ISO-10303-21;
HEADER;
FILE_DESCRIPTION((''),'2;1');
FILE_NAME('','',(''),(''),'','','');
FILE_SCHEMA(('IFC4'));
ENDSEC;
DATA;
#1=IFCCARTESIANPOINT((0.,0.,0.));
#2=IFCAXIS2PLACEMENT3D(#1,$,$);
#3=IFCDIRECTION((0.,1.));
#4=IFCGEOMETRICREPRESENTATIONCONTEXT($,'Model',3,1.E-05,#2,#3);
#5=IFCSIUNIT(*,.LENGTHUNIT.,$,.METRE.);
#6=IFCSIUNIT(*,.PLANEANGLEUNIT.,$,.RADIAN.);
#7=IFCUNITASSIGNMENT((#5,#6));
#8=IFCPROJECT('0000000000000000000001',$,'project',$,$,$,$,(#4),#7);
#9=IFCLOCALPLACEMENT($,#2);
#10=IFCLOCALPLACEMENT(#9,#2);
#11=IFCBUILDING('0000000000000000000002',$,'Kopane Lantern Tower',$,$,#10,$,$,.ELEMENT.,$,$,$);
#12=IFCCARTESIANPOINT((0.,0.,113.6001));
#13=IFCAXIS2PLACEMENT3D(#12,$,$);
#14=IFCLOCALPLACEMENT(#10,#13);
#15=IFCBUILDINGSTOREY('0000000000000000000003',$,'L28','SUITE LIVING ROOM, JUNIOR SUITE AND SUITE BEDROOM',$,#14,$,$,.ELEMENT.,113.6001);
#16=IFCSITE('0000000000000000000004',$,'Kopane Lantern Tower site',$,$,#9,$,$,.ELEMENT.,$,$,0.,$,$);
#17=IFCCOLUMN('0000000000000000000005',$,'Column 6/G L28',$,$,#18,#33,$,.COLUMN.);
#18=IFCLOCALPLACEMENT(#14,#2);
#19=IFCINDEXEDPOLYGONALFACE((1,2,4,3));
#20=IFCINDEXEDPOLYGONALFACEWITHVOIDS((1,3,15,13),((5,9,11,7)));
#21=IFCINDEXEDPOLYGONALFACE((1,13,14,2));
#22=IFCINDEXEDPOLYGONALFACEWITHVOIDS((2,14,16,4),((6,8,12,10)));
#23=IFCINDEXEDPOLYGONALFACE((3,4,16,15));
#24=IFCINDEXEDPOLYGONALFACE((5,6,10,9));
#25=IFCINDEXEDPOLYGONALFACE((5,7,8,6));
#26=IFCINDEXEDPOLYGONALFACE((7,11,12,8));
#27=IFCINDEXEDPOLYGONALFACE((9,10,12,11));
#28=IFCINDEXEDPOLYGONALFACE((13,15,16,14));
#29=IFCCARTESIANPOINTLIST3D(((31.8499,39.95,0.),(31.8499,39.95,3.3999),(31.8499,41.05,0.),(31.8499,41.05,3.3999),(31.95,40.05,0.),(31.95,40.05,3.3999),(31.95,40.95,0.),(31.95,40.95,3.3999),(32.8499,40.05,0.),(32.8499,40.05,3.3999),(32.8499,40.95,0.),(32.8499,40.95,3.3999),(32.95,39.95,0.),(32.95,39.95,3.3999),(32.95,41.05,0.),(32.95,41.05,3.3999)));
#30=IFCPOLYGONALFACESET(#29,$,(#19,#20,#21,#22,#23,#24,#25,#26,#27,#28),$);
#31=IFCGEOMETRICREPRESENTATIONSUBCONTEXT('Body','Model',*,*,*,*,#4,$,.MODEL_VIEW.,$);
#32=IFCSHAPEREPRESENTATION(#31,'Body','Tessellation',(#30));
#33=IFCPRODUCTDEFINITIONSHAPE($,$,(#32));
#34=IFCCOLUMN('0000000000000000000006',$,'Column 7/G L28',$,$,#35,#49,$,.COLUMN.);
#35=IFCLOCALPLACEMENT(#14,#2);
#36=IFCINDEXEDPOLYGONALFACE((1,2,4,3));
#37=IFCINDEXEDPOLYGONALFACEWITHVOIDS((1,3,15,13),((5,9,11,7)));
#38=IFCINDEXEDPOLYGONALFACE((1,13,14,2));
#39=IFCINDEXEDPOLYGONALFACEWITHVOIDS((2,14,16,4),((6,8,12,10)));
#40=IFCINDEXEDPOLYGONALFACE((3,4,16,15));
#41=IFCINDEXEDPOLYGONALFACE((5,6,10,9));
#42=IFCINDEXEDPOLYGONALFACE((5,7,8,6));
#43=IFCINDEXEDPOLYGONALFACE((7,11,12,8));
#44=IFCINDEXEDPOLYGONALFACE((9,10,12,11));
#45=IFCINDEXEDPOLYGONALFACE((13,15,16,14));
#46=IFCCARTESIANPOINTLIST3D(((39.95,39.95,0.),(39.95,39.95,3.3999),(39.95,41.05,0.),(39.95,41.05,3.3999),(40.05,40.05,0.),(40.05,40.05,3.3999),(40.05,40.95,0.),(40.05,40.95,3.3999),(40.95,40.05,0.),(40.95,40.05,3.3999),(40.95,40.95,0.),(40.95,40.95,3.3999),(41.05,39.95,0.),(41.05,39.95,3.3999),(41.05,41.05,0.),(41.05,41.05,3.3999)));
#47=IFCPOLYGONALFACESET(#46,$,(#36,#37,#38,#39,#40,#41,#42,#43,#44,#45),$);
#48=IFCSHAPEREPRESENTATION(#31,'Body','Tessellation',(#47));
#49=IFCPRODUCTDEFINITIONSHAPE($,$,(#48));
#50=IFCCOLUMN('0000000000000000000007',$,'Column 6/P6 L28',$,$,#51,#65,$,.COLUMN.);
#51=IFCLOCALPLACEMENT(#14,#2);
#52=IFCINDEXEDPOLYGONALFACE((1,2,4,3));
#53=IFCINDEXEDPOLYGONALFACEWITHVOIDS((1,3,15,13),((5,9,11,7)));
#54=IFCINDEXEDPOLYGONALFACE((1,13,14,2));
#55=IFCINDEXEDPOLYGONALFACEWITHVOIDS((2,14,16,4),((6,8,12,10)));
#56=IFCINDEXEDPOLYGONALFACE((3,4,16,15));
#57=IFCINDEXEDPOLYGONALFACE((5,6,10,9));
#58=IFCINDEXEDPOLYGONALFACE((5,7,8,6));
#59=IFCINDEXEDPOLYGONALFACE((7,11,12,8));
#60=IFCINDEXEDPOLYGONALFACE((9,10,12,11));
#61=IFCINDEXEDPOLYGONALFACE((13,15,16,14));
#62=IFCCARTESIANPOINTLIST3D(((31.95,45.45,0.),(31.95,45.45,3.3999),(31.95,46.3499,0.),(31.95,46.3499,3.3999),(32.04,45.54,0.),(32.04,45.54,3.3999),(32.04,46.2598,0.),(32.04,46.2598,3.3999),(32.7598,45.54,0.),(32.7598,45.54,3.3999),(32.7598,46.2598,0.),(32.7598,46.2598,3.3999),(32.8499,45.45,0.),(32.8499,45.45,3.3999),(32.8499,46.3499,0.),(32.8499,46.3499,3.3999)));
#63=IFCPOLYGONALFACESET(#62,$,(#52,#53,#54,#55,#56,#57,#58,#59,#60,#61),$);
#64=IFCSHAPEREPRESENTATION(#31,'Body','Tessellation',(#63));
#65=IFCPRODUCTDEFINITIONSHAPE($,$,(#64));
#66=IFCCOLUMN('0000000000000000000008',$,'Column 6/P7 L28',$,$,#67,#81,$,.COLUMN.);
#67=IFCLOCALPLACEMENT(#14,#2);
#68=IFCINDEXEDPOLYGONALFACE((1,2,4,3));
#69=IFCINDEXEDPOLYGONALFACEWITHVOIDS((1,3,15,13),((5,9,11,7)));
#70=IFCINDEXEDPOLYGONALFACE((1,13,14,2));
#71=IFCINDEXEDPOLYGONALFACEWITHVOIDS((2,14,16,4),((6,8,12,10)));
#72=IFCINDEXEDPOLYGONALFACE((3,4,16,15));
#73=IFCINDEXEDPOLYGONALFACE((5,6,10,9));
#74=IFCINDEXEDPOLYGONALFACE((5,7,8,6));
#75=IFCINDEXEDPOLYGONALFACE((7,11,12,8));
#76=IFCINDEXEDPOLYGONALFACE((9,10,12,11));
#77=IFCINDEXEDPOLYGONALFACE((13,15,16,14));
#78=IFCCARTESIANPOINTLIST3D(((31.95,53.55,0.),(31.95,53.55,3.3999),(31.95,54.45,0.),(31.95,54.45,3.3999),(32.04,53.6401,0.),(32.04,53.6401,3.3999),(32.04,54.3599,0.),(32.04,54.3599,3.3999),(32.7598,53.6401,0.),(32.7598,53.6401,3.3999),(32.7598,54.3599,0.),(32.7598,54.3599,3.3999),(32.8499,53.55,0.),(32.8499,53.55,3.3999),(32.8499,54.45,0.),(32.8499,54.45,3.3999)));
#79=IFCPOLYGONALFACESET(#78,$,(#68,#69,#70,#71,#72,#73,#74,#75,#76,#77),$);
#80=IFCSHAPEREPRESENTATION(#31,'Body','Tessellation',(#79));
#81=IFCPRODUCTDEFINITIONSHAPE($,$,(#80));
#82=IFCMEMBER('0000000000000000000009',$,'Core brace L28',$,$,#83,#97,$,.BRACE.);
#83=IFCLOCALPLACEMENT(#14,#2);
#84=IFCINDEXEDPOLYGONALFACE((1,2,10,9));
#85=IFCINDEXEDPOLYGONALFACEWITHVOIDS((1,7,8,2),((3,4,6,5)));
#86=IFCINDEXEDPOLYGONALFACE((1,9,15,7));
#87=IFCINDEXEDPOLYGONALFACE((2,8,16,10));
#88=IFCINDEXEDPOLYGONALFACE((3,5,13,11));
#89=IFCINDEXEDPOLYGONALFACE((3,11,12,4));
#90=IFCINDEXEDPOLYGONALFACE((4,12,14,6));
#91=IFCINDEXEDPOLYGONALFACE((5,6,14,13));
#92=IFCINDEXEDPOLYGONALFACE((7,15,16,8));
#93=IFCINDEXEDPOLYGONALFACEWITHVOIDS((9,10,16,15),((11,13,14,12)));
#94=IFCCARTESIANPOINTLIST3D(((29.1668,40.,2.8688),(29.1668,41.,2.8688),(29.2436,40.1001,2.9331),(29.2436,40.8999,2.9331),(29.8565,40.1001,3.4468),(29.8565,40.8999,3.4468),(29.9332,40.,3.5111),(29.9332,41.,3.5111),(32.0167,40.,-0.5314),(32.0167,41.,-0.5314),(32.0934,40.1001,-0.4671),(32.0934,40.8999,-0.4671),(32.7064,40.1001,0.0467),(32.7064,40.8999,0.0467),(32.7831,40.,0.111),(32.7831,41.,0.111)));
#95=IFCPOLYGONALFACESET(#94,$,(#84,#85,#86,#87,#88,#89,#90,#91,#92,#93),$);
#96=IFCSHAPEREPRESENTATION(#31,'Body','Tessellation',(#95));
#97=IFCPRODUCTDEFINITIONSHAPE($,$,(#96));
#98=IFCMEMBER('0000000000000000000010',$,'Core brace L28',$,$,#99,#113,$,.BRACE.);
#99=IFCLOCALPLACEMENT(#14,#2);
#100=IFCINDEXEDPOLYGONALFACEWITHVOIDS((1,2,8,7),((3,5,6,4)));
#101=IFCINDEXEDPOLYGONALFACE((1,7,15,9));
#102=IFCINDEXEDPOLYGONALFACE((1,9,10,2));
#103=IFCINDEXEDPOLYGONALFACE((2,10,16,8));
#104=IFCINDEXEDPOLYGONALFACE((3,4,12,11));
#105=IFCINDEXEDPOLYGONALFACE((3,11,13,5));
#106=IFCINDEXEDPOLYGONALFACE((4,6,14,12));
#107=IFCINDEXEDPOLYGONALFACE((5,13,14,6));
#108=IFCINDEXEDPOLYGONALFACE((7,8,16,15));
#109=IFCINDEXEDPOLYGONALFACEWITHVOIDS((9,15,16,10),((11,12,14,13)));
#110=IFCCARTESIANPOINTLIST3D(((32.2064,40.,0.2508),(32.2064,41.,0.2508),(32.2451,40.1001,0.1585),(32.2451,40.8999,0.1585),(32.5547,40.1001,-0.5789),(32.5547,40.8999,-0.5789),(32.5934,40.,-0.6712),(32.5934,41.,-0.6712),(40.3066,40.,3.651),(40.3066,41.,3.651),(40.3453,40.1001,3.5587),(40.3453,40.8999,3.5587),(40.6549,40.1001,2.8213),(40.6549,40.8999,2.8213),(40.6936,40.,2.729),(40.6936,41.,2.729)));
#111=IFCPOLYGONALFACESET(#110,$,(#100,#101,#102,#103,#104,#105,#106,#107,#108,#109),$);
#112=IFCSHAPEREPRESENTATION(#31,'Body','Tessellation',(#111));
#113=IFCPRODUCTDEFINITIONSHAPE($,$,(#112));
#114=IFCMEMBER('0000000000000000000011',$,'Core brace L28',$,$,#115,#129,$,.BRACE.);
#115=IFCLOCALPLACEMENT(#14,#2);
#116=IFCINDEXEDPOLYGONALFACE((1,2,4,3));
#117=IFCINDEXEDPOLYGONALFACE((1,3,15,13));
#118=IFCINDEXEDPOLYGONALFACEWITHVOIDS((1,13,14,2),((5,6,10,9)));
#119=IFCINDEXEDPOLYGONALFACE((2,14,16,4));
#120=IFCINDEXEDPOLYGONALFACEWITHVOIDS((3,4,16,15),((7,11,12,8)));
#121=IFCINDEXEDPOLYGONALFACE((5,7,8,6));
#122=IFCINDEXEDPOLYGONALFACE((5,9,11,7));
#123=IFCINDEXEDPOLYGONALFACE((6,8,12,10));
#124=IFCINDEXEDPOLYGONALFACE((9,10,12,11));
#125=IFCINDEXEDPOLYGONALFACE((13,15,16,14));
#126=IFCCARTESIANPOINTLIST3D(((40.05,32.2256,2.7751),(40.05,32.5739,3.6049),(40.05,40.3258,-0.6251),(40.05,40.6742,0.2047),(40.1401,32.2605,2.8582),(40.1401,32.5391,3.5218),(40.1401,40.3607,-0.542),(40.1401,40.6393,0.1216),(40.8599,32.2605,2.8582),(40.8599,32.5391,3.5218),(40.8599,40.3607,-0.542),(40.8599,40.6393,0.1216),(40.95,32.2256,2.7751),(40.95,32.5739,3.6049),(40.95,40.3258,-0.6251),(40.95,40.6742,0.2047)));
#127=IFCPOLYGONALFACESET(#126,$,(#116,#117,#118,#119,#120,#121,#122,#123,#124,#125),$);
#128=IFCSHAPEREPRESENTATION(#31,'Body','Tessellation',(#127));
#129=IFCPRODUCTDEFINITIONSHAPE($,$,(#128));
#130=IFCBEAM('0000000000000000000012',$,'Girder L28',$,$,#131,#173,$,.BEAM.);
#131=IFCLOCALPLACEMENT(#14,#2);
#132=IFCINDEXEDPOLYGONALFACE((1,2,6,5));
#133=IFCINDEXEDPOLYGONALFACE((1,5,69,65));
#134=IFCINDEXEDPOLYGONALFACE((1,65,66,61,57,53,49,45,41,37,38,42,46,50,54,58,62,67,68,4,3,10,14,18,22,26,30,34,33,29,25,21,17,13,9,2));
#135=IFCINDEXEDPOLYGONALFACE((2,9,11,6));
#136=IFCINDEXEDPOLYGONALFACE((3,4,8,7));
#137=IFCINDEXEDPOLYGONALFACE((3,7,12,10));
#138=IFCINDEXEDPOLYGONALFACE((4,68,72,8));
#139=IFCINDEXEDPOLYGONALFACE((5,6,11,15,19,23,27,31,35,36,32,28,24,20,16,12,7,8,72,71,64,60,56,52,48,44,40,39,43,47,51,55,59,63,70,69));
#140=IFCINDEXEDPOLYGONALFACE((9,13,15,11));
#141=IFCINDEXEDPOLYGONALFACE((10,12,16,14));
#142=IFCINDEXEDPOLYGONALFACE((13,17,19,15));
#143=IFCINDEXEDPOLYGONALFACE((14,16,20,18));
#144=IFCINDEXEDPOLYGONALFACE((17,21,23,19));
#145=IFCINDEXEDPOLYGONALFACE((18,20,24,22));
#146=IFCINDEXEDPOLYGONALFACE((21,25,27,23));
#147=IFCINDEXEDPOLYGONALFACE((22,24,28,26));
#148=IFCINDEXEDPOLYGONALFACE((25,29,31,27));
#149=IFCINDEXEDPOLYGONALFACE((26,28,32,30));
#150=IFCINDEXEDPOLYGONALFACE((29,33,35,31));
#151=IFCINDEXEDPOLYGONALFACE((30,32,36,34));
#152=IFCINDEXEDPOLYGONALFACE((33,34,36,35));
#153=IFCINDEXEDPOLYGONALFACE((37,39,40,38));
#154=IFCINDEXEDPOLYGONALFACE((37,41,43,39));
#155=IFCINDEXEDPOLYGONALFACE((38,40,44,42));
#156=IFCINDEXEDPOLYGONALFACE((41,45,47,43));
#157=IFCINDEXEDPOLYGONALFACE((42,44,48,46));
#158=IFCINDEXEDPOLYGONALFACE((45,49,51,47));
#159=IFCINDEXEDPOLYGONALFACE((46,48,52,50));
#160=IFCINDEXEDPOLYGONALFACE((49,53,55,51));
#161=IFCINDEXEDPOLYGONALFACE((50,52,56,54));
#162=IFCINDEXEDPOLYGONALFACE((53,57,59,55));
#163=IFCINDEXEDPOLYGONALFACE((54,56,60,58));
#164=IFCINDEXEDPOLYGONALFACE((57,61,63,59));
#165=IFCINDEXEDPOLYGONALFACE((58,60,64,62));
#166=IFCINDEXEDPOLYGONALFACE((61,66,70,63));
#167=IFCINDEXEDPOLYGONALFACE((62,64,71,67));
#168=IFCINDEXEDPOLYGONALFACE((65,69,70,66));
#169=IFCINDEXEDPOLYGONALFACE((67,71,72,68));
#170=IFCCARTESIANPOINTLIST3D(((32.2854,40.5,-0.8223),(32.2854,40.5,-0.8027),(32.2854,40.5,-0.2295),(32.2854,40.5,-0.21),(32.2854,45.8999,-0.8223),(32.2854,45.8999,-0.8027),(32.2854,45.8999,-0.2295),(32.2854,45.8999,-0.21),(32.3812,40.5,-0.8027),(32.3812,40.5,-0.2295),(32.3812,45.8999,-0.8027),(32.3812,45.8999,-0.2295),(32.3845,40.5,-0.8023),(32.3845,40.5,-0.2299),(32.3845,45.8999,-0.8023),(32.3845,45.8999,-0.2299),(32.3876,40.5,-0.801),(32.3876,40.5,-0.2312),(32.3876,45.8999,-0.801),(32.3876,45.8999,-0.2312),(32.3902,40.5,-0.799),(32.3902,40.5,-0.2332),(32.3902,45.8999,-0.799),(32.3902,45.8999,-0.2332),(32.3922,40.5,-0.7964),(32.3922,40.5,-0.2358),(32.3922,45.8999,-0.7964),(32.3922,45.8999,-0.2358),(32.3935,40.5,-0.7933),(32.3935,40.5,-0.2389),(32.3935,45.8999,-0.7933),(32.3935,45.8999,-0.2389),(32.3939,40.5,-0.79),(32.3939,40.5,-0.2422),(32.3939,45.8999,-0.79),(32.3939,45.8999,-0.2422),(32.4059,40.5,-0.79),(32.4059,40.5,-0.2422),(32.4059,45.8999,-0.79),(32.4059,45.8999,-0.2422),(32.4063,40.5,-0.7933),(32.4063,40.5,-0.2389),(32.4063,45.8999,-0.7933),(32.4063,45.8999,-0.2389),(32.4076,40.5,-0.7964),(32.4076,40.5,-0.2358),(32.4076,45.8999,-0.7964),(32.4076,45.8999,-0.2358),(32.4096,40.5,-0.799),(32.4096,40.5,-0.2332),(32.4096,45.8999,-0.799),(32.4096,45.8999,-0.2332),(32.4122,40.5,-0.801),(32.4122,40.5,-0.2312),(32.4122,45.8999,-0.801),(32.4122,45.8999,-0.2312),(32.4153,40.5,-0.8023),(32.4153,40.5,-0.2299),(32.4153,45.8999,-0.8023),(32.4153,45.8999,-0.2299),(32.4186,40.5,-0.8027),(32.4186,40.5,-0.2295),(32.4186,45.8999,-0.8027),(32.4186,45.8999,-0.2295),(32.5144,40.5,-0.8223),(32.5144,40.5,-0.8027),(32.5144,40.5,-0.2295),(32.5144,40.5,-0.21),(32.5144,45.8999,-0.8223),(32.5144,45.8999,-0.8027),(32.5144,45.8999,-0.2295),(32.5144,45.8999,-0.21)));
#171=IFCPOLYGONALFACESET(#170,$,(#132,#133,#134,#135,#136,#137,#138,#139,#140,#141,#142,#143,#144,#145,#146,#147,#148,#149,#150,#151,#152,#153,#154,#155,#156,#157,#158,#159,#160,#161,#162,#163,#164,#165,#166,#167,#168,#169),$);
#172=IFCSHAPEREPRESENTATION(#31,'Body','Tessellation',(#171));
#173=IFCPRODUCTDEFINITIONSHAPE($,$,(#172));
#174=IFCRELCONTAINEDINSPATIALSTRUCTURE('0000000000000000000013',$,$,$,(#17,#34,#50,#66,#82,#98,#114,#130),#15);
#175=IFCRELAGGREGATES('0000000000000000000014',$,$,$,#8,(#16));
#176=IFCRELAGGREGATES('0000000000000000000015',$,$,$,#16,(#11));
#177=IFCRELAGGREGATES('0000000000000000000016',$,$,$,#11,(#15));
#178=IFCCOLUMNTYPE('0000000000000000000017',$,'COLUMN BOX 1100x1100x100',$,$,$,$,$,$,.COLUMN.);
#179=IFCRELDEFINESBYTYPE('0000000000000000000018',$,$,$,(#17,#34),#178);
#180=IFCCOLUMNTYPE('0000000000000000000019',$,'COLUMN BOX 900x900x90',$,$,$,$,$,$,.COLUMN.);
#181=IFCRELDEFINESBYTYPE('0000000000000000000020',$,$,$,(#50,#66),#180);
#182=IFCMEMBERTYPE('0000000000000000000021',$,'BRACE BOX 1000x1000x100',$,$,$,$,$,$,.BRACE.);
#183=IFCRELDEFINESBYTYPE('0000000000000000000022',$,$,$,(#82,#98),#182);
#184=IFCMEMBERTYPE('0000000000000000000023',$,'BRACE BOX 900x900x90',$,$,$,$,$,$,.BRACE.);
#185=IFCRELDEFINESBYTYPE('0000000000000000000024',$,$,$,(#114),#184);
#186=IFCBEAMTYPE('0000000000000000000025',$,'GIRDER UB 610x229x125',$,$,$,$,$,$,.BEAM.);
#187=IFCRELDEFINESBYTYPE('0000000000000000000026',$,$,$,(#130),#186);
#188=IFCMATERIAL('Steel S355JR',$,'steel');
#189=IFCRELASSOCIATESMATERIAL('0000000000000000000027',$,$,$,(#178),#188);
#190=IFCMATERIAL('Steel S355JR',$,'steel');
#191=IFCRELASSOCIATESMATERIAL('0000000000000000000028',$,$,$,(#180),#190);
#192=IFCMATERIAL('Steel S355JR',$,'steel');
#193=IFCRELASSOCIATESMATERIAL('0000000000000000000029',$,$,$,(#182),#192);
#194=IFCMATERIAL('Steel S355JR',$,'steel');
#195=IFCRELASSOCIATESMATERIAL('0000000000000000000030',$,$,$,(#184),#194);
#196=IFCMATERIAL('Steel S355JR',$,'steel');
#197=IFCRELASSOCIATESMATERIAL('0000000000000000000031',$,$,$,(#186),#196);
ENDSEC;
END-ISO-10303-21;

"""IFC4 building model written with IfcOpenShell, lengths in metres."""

from ifc_helpers import new_model, si_unit, direction, frame, origin, origin_2d, place, context, subcontext, project, spatial, hollow_rectangle, i_section, extrude, material, material_profile, profile_set, type_object, element, save


model = new_model("IFC4")

# Units and contexts
model_context = context("Model", 3, precision=1e-05, world=origin(), true_north=direction((0.0, 1.0)))
body_context = subcontext(model_context, "Body", "Model", "MODEL_VIEW")
ifc_project = project(units=[si_unit("LENGTHUNIT", "METRE"), si_unit("PLANEANGLEUNIT", "RADIAN")], contexts=[model_context])

# Site, building, storey
site_placement = place(None, origin())
site = spatial("IfcSite", under=ifc_project, at=site_placement, Name="Kopane Lantern Tower site", CompositionType="ELEMENT", RefElevation=0.0)
building_placement = place(site_placement, origin())
building = spatial("IfcBuilding", under=site, at=building_placement, Name="Kopane Lantern Tower", CompositionType="ELEMENT")
storey_placement = place(building_placement, frame((0.0, 0.0, 113.6001)))
storey = spatial("IfcBuildingStorey", under=building, at=storey_placement, Name="L28", Description="SUITE LIVING ROOM, JUNIOR SUITE AND SUITE BEDROOM", CompositionType="ELEMENT", Elevation=113.6001)

# Columns
ifc_material_1 = material(Name="Steel S355JR", Category="steel")
ifc_material_profile_1 = material_profile(ifc_material_1, hollow_rectangle(XDim=1.1001, YDim=1.1001, WallThickness=0.1001, at=origin_2d()), Name="BOX 1100x1100x100")
ifc_profile_set_1 = profile_set([ifc_material_profile_1], Name="Steel S355JR")
column_type_1 = type_object("IfcColumnType", Name="COLUMN BOX 1100x1100x100", PredefinedType="COLUMN", material=ifc_profile_set_1)
for number, where, z_axis, x_axis, name in (
    (1, (32.3999, 40.5, 0.0), (0.0, 0.0, 1.0), (1.0, 0.0, 0.0), "Column 6/G L28"),
    (2, (40.5, 40.5, 0.0), (0.0, 0.0, 1.0), (1.0, 0.0, 0.0), "Column 7/G L28"),
):
    element("IfcColumn", number, at=place(storey_placement, frame(where, z_axis=z_axis, x_axis=x_axis)), inside=storey, type_object=column_type_1, Name=name, PredefinedType="COLUMN", context=body_context, shape_type="SweptSolid", body=[
        extrude(hollow_rectangle(XDim=1.1001, YDim=1.1001, WallThickness=0.1001, at=origin_2d()), origin(), (0.0, 0.0, 1.0), 3.3999),
    ])
ifc_material_2 = material(Name="Steel S355JR", Category="steel")
ifc_material_profile_2 = material_profile(ifc_material_2, hollow_rectangle(XDim=0.8999, YDim=0.8999, WallThickness=0.0901, at=origin_2d()), Name="BOX 900x900x90")
ifc_profile_set_2 = profile_set([ifc_material_profile_2], Name="Steel S355JR")
column_type_2 = type_object("IfcColumnType", Name="COLUMN BOX 900x900x90", PredefinedType="COLUMN", material=ifc_profile_set_2)
for number, where, z_axis, x_axis, name in (
    (3, (32.3999, 45.8999, 0.0), (0.0, 0.0, 1.0), (1.0, 0.0, 0.0), "Column 6/P6 L28"),
    (4, (32.3999, 54.0, 0.0), (0.0, 0.0, 1.0), (1.0, 0.0, 0.0), "Column 6/P7 L28"),
):
    element("IfcColumn", number, at=place(storey_placement, frame(where, z_axis=z_axis, x_axis=x_axis)), inside=storey, type_object=column_type_2, Name=name, PredefinedType="COLUMN", context=body_context, shape_type="SweptSolid", body=[
        extrude(hollow_rectangle(XDim=0.8999, YDim=0.8999, WallThickness=0.0901, at=origin_2d()), origin(), (0.0, 0.0, 1.0), 3.3999),
    ])

# Members
ifc_material_3 = material(Name="Steel S355JR", Category="steel")
ifc_material_profile_3 = material_profile(ifc_material_3, hollow_rectangle(XDim=1.0, YDim=1.0, WallThickness=0.1001, at=origin_2d()), Name="BOX 1000x1000x100")
ifc_profile_set_3 = profile_set([ifc_material_profile_3], Name="Steel S355JR")
member_type_1 = type_object("IfcMemberType", Name="BRACE BOX 1000x1000x100", PredefinedType="BRACE", material=ifc_profile_set_3)
member_1_placement = place(storey_placement, frame((32.3999, 40.5, -0.2102), z_axis=(-0.642363, 0.0, 0.7664), x_axis=(0.0, -1.0, 0.0)))
element("IfcMember", 5, at=member_1_placement, inside=storey, type_object=member_type_1, Name="Core brace L28", PredefinedType="BRACE", context=body_context, shape_type="SweptSolid", body=[
    extrude(hollow_rectangle(XDim=1.0, YDim=1.0, WallThickness=0.1001, at=origin_2d()), origin(), (0.0, 0.0, 1.0), 4.4365),
])
member_2_placement = place(storey_placement, frame((32.3999, 40.5, -0.2102), z_axis=(0.922059, 0.0, 0.387049), x_axis=(0.0, 1.0, 0.0)))
element("IfcMember", 6, at=member_2_placement, inside=storey, type_object=member_type_1, Name="Core brace L28", PredefinedType="BRACE", context=body_context, shape_type="SweptSolid", body=[
    extrude(hollow_rectangle(XDim=1.0, YDim=1.0, WallThickness=0.1001, at=origin_2d()), origin(), (0.0, 0.0, 1.0), 8.7849),
])
ifc_material_4 = material(Name="Steel S355JR", Category="steel")
ifc_material_profile_4 = material_profile(ifc_material_4, hollow_rectangle(XDim=0.8999, YDim=0.8999, WallThickness=0.0901, at=origin_2d()), Name="BOX 900x900x90")
ifc_profile_set_4 = profile_set([ifc_material_profile_4], Name="Steel S355JR")
member_type_2 = type_object("IfcMemberType", Name="BRACE BOX 900x900x90", PredefinedType="BRACE", material=ifc_profile_set_4)
member_3_placement = place(storey_placement, frame((40.5, 40.5, -0.2102), z_axis=(0.0, -0.922059, 0.387049), x_axis=(1.0, 0.0, 0.0)))
element("IfcMember", 7, at=member_3_placement, inside=storey, type_object=member_type_2, Name="Core brace L28", PredefinedType="BRACE", context=body_context, shape_type="SweptSolid", body=[
    extrude(hollow_rectangle(XDim=0.8999, YDim=0.8999, WallThickness=0.0901, at=origin_2d()), origin(), (0.0, 0.0, 1.0), 8.7849),
])

# Beam
ifc_material_5 = material(Name="Steel S355JR", Category="steel")
ifc_material_profile_5 = material_profile(ifc_material_5, i_section(OverallWidth=0.229, OverallDepth=0.6123, WebThickness=0.012, FlangeThickness=0.0195, FilletRadius=0.0127, at=origin_2d()), Name="UB 610x229x125")
ifc_profile_set_5 = profile_set([ifc_material_profile_5], Name="Steel S355JR")
beam_type = type_object("IfcBeamType", Name="GIRDER UB 610x229x125", PredefinedType="BEAM", material=ifc_profile_set_5)
beam_1_placement = place(storey_placement, frame((32.3999, 40.5, -0.5161), z_axis=(0.0, 1.0, 0.0), x_axis=(-1.0, 0.0, 0.0)))
element("IfcBeam", 8, at=beam_1_placement, inside=storey, type_object=beam_type, Name="Girder L28", PredefinedType="BEAM", context=body_context, shape_type="SweptSolid", body=[
    extrude(i_section(OverallWidth=0.229, OverallDepth=0.6123, WebThickness=0.012, FlangeThickness=0.0195, FilletRadius=0.0127, at=origin_2d()), origin(), (0.0, 0.0, 1.0), 5.3999),
])

save(model, "model.ifc")
